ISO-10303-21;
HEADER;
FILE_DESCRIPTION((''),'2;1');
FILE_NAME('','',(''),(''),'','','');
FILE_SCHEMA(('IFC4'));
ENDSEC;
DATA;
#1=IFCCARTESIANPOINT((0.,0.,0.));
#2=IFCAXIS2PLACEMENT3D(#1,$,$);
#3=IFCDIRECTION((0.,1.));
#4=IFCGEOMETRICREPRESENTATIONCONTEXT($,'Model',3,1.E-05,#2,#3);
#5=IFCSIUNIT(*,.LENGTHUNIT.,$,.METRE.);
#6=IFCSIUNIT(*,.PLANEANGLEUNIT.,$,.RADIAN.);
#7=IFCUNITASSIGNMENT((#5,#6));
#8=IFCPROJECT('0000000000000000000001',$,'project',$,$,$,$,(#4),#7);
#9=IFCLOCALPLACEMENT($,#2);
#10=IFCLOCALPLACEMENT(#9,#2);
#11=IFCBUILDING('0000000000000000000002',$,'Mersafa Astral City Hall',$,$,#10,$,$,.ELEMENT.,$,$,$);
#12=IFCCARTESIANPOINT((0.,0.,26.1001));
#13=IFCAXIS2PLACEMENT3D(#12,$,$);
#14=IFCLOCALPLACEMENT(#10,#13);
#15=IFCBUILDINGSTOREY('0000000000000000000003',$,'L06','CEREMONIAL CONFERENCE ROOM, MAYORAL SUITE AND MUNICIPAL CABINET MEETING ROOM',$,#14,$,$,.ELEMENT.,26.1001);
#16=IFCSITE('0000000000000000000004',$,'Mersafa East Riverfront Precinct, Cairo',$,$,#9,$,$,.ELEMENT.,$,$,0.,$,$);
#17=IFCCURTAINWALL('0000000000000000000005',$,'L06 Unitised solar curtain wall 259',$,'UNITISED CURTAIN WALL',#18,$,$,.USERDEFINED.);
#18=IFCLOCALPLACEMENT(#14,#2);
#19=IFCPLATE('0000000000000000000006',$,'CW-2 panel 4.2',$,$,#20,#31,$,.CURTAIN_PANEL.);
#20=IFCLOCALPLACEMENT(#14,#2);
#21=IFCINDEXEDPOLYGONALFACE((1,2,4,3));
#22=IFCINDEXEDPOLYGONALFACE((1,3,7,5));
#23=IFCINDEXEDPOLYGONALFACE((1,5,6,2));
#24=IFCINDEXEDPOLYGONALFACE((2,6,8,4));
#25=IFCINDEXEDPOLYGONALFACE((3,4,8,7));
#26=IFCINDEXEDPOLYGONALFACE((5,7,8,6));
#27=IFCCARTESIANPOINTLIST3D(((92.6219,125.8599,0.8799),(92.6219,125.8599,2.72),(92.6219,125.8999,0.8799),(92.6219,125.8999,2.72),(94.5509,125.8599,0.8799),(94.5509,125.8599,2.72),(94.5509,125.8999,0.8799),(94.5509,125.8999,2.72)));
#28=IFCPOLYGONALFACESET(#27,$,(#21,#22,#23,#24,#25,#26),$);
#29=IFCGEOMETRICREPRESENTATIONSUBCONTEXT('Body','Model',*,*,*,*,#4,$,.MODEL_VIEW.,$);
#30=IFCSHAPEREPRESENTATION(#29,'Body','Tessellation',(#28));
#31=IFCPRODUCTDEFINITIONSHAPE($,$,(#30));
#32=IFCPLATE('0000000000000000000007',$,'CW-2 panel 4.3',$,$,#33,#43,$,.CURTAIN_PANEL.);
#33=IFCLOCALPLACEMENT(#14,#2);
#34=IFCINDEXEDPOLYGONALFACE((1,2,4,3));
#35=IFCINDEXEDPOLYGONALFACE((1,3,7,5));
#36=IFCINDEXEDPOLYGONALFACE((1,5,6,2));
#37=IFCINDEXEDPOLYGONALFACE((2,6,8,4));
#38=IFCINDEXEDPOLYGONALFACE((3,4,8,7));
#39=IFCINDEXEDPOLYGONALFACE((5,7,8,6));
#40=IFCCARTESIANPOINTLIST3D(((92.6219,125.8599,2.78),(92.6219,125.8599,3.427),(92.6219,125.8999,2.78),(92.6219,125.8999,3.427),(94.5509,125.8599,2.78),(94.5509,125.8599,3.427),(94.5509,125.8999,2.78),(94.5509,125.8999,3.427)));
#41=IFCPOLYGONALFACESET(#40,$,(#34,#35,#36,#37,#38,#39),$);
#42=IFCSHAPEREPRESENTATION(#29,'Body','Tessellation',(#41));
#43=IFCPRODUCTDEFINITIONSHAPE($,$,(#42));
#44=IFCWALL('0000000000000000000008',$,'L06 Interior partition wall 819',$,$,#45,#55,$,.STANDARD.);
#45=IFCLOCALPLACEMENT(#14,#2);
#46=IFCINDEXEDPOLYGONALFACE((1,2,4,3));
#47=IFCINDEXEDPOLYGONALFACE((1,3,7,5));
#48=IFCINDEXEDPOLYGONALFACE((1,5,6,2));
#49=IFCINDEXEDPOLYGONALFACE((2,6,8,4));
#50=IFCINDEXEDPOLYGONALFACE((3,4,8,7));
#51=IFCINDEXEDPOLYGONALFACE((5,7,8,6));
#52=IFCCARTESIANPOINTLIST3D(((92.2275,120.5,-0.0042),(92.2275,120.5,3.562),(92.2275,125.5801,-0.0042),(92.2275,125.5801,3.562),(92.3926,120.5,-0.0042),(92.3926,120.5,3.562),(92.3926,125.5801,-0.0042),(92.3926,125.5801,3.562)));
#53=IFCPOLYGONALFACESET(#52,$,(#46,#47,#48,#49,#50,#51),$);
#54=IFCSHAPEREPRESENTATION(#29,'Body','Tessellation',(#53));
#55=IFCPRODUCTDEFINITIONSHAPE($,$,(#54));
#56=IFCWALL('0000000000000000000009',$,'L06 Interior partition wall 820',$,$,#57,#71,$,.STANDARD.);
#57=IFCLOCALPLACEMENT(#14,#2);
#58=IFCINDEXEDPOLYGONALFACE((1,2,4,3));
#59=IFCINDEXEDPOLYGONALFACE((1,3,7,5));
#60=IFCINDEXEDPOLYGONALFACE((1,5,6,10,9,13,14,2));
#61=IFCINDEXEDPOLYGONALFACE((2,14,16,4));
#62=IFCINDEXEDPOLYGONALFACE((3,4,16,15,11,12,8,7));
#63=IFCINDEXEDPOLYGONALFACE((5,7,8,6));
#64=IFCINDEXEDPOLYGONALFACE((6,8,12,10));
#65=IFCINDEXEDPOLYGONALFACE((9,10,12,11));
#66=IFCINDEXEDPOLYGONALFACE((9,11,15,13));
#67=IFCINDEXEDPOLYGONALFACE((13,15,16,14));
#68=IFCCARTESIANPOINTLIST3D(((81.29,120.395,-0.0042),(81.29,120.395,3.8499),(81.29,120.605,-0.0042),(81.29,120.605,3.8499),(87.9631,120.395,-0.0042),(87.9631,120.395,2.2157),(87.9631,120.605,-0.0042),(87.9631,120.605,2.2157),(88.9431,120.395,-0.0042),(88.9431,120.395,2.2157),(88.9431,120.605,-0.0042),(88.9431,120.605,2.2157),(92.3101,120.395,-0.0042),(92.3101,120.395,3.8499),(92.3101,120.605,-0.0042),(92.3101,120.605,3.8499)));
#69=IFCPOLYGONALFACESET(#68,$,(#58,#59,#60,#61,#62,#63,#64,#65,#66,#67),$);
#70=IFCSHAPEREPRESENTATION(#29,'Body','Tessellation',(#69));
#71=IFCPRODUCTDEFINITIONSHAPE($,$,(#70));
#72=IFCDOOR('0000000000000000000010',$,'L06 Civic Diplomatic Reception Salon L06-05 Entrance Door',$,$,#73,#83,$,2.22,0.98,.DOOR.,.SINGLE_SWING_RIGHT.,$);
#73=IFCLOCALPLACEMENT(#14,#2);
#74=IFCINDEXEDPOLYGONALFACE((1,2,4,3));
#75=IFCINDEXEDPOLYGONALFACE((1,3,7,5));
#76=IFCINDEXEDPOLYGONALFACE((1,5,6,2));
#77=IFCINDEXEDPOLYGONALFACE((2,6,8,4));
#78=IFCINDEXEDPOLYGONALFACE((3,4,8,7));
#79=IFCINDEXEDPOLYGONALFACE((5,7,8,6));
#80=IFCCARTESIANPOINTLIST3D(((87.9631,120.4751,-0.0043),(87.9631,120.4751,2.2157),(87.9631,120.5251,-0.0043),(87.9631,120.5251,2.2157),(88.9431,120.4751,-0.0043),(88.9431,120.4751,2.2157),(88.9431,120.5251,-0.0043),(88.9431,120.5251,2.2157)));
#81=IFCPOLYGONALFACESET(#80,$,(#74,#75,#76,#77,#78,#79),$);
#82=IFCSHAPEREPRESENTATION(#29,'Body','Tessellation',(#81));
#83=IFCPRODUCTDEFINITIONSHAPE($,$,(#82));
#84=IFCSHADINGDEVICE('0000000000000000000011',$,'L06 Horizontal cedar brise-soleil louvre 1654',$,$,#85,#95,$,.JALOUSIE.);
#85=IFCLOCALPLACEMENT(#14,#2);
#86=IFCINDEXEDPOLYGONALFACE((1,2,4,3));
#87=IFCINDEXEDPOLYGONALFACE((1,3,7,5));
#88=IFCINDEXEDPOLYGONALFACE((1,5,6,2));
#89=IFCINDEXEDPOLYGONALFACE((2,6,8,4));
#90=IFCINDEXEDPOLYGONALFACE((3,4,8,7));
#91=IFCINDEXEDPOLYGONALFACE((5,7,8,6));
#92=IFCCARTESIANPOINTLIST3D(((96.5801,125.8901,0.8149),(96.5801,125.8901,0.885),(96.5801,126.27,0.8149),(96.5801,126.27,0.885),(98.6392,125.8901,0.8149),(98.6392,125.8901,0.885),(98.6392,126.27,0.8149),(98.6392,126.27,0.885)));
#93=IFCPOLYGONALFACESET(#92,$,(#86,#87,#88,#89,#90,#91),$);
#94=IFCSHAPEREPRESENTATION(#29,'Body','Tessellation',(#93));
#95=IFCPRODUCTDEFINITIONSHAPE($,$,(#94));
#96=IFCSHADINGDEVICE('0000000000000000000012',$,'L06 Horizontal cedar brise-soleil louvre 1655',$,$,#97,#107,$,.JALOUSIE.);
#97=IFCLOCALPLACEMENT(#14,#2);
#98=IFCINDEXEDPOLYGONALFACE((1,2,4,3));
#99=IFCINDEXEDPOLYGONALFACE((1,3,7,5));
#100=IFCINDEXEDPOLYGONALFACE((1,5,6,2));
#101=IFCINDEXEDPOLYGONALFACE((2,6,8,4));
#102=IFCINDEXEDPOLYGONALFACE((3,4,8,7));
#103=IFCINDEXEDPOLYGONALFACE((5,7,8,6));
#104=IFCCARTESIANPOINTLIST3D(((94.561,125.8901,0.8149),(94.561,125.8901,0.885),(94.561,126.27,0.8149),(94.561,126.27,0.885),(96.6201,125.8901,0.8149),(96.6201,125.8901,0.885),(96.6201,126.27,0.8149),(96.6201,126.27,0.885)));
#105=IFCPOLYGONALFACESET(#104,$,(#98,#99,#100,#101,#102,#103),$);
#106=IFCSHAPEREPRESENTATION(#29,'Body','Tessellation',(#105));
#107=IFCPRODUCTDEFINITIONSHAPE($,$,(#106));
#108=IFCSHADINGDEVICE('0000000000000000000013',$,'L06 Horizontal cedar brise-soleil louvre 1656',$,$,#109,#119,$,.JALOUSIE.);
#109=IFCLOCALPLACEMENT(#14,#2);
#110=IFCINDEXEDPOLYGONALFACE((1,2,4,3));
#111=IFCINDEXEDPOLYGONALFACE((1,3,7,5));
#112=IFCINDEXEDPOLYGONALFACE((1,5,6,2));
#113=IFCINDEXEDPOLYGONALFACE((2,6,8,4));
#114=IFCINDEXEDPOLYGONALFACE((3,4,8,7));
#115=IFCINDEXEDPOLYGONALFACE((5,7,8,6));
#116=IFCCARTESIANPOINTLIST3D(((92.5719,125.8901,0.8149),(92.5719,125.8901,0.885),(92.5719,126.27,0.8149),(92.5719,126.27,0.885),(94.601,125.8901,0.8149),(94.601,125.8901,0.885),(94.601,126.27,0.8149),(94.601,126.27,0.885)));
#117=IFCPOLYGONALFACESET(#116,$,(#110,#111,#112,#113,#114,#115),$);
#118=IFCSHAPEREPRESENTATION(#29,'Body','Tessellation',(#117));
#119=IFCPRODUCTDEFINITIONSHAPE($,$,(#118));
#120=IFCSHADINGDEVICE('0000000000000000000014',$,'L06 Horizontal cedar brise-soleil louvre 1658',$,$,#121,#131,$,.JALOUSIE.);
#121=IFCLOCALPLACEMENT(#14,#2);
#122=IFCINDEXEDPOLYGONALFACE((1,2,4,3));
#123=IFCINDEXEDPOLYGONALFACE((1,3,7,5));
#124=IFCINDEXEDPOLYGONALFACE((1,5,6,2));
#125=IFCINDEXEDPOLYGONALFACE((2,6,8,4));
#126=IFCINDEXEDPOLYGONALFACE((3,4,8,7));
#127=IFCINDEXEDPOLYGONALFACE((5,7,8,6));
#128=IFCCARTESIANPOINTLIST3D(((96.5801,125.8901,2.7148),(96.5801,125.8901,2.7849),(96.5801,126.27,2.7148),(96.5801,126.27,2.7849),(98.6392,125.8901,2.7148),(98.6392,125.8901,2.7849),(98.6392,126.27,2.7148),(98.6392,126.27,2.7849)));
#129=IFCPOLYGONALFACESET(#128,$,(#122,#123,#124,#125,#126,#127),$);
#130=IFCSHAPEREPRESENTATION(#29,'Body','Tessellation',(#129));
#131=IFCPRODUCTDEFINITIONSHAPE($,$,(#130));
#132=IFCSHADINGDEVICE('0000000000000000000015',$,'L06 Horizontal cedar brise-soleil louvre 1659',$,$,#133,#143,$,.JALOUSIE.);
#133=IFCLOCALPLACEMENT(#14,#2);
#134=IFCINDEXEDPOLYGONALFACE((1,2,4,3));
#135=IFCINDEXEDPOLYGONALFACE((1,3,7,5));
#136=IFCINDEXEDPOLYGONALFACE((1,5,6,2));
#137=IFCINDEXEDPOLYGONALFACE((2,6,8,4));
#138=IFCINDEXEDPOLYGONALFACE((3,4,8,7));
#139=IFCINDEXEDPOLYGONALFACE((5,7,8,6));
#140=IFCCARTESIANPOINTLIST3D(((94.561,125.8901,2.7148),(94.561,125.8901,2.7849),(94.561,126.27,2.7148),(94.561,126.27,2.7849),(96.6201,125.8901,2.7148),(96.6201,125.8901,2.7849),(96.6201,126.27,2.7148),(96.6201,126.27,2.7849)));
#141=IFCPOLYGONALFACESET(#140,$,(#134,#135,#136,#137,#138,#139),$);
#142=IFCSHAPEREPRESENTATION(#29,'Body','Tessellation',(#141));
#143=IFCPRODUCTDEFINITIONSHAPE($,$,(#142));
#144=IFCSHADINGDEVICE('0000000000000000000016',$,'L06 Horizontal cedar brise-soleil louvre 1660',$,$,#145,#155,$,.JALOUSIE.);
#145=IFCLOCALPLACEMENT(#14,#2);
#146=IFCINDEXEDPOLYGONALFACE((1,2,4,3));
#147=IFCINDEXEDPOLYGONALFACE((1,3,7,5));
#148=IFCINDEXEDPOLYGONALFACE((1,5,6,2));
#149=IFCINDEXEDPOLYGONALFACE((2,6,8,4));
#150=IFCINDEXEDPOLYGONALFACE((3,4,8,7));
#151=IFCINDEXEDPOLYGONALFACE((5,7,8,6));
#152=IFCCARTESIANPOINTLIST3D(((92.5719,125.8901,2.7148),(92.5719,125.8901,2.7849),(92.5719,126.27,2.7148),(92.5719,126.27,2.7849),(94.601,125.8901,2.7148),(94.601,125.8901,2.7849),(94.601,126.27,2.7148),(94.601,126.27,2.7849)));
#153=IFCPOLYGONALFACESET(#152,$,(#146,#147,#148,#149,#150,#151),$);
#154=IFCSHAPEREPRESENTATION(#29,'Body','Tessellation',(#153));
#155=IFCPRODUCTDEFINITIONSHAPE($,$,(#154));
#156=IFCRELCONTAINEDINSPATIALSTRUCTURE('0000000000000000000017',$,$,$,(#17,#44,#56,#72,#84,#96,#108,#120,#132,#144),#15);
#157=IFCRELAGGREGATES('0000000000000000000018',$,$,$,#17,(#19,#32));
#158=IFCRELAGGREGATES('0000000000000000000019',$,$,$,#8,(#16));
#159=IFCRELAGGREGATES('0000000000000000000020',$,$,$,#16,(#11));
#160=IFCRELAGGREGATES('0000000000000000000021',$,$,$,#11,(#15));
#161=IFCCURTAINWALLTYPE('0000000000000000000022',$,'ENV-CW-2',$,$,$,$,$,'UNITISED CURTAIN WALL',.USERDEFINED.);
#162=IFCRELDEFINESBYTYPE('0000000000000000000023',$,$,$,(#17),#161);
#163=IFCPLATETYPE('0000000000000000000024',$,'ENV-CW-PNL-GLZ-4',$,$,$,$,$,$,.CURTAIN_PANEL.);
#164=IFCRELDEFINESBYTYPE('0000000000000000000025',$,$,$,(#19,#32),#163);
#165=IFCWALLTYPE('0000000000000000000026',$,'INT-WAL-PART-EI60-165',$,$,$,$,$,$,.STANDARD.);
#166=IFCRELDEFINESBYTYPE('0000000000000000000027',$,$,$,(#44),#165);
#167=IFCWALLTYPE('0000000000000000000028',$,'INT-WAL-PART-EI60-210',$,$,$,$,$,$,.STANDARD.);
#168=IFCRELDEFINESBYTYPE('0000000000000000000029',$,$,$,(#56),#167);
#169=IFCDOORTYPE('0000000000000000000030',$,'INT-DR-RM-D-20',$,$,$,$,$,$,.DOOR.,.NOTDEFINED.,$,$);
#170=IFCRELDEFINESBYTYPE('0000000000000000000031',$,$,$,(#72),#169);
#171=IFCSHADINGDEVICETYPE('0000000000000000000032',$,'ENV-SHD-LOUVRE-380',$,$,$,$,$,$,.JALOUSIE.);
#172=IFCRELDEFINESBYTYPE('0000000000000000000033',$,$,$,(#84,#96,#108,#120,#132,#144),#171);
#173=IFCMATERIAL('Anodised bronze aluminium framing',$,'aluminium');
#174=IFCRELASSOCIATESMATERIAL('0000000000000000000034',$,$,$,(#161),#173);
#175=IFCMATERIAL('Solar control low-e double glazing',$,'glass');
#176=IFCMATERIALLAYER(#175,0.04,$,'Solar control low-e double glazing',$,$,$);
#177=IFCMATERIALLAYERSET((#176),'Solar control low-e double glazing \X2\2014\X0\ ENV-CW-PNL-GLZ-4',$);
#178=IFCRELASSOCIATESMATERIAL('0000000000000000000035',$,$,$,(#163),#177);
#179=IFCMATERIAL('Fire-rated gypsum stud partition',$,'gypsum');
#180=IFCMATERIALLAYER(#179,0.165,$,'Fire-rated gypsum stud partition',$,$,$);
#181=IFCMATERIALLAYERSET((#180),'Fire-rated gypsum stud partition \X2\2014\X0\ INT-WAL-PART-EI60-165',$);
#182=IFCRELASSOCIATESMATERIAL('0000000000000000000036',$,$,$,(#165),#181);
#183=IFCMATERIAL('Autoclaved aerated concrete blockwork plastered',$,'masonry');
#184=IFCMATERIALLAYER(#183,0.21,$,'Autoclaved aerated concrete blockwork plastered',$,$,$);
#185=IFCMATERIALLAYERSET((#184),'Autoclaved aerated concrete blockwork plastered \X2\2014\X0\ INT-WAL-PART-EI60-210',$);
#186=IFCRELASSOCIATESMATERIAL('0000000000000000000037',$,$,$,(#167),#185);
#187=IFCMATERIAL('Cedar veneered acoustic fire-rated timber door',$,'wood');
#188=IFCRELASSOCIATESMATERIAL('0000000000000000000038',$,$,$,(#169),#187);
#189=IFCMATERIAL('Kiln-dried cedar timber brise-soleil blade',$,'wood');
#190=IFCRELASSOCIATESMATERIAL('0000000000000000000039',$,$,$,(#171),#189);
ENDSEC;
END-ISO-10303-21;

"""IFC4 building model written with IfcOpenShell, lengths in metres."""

from ifc_helpers import new_model, si_unit, direction, frame, frame_2d, origin, origin_2d, place, context, subcontext, project, spatial, rectangle, extrude, material, layer, layer_set, type_object, element, fill, aggregate, save


model = new_model("IFC4")

# Units and contexts
model_context = context("Model", 3, precision=1e-05, world=origin(), true_north=direction((0.0, 1.0)))
body_context = subcontext(model_context, "Body", "Model", "MODEL_VIEW")
ifc_project = project(units=[si_unit("LENGTHUNIT", "METRE"), si_unit("PLANEANGLEUNIT", "RADIAN")], contexts=[model_context])

# Site, building, storey
site_placement = place(None, origin())
site = spatial("IfcSite", under=ifc_project, at=site_placement, Name="Mersafa East Riverfront Precinct, Cairo", CompositionType="ELEMENT", RefElevation=0.0)
building_placement = place(site_placement, origin())
building = spatial("IfcBuilding", under=site, at=building_placement, Name="Mersafa Astral City Hall", CompositionType="ELEMENT")
storey_placement = place(building_placement, frame((0.0, 0.0, 26.1001)))
storey = spatial("IfcBuildingStorey", under=building, at=storey_placement, Name="L06", Description="CEREMONIAL CONFERENCE ROOM, MAYORAL SUITE AND MUNICIPAL CABINET MEETING ROOM", CompositionType="ELEMENT", Elevation=26.1001)

# Curtain wall
ifc_material_1 = material(Name="Anodised bronze aluminium framing", Category="aluminium")
curtain_wall_type_1 = type_object("IfcCurtainWallType", Name="ENV-CW-2", ElementType="UNITISED CURTAIN WALL", PredefinedType="USERDEFINED", material=ifc_material_1)
curtain_wall_1_placement = place(storey_placement, origin())
curtain_wall_1 = element("IfcCurtainWall", 1, at=curtain_wall_1_placement, inside=storey, type_object=curtain_wall_type_1, Name="L06 Unitised solar curtain wall 259", ObjectType="UNITISED CURTAIN WALL", PredefinedType="USERDEFINED")

# Plates
ifc_material_2 = material(Name="Solar control low-e double glazing", Category="glass")
ifc_layer_1 = layer(ifc_material_2, 0.04, Name="Solar control low-e double glazing")
ifc_layer_set_1 = layer_set([ifc_layer_1], Name="Solar control low-e double glazing — ENV-CW-PNL-GLZ-4")
plate_type = type_object("IfcPlateType", Name="ENV-CW-PNL-GLZ-4", PredefinedType="CURTAIN_PANEL", material=ifc_layer_set_1)
plate_1_placement = place(storey_placement, frame((93.5864, 125.8799, 0.8799), z_axis=(0.0, 0.0, 1.0), x_axis=(-1.0, 0.0, 0.0)))
plate_1 = element("IfcPlate", 2, at=plate_1_placement, type_object=plate_type, Name="CW-2 panel 4.2", PredefinedType="CURTAIN_PANEL", context=body_context, shape_type="SweptSolid", body=[
    extrude(rectangle(XDim=1.929, YDim=0.04, at=origin_2d()), origin(), (0.0, 0.0, 1.0), 1.8401),
])
plate_2_placement = place(storey_placement, frame((93.5864, 125.8799, 2.78), z_axis=(0.0, 0.0, 1.0), x_axis=(-1.0, 0.0, 0.0)))
plate_2 = element("IfcPlate", 3, at=plate_2_placement, type_object=plate_type, Name="CW-2 panel 4.3", PredefinedType="CURTAIN_PANEL", context=body_context, shape_type="SweptSolid", body=[
    extrude(rectangle(XDim=1.929, YDim=0.04, at=origin_2d()), origin(), (0.0, 0.0, 1.0), 0.647),
])
aggregate(curtain_wall_1, [plate_1, plate_2])

# Wall
ifc_material_3 = material(Name="Fire-rated gypsum stud partition", Category="gypsum")
ifc_layer_2 = layer(ifc_material_3, 0.165, Name="Fire-rated gypsum stud partition")
ifc_layer_set_2 = layer_set([ifc_layer_2], Name="Fire-rated gypsum stud partition — INT-WAL-PART-EI60-165")
wall_type_1 = type_object("IfcWallType", Name="INT-WAL-PART-EI60-165", PredefinedType="STANDARD", material=ifc_layer_set_2)
wall_1_placement = place(storey_placement, frame((92.3101, 125.5801, -0.0042), z_axis=(0.0, 0.0, 1.0), x_axis=(0.0, -1.0, 0.0)))
element("IfcWall", 4, at=wall_1_placement, inside=storey, type_object=wall_type_1, Name="L06 Interior partition wall 819", PredefinedType="STANDARD", context=body_context, shape_type="SweptSolid", body=[
    extrude(rectangle(XDim=5.0801, YDim=0.165, at=frame_2d((2.54, 0.0))), origin(), (0.0, 0.0, 1.0), 3.5662),
])

# Wall, opening, door
ifc_material_4 = material(Name="Autoclaved aerated concrete blockwork plastered", Category="masonry")
ifc_layer_3 = layer(ifc_material_4, 0.21, Name="Autoclaved aerated concrete blockwork plastered")
ifc_layer_set_3 = layer_set([ifc_layer_3], Name="Autoclaved aerated concrete blockwork plastered — INT-WAL-PART-EI60-210")
wall_type_2 = type_object("IfcWallType", Name="INT-WAL-PART-EI60-210", PredefinedType="STANDARD", material=ifc_layer_set_3)
wall_2_placement = place(storey_placement, frame((92.3101, 120.5, -0.0042), z_axis=(0.0, 0.0, 1.0), x_axis=(-1.0, 0.0, 0.0)))
wall_2 = element("IfcWall", 5, at=wall_2_placement, inside=storey, type_object=wall_type_2, Name="L06 Interior partition wall 820", PredefinedType="STANDARD", context=body_context, shape_type="SweptSolid", body=[
    extrude(rectangle(XDim=11.02, YDim=0.21, at=frame_2d((5.51, 0.0))), origin(), (0.0, 0.0, 1.0), 3.854),
])
opening_placement = place(wall_2_placement, frame((3.3669, 0.0, 0.0)))
opening = element("IfcOpeningElement", 6, at=opening_placement, cuts=wall_2, PredefinedType="OPENING", context=body_context, shape_type="SweptSolid", body=[
    extrude(rectangle(XDim=0.98, YDim=2.22, at=frame_2d((0.49, 1.1099))), frame((0.0, 0.115, 0.0), z_axis=(0.0, -1.0, 0.0), x_axis=(1.0, 0.0, 0.0)), (0.0, 0.0, 1.0), 0.23),
])
ifc_material_5 = material(Name="Cedar veneered acoustic fire-rated timber door", Category="wood")
door_type = type_object("IfcDoorType", Name="INT-DR-RM-D-20", OperationType="NOTDEFINED", PredefinedType="DOOR", material=ifc_material_5)
door_placement = place(opening_placement, origin())
door = element("IfcDoor", 7, at=door_placement, inside=storey, type_object=door_type, Name="L06 Civic Diplomatic Reception Salon L06-05 Entrance Door", OperationType="SINGLE_SWING_RIGHT", OverallHeight=2.22, OverallWidth=0.98, PredefinedType="DOOR", context=body_context, shape_type="SweptSolid", body=[
    extrude(rectangle(XDim=0.98, YDim=2.22, at=frame_2d((0.49, 1.1099))), frame((0.0, 0.0249, 0.0), z_axis=(0.0, -1.0, 0.0), x_axis=(1.0, 0.0, 0.0)), (0.0, 0.0, 1.0), 0.05),
])
fill(opening, door)

# Shading devices
ifc_material_6 = material(Name="Kiln-dried cedar timber brise-soleil blade", Category="wood")
shading_device_type = type_object("IfcShadingDeviceType", Name="ENV-SHD-LOUVRE-380", PredefinedType="JALOUSIE", material=ifc_material_6)
for number, where, z_axis, x_axis, name in (
    (8, (97.6096, 126.0801, 0.8149), (0.0, 0.0, 1.0), (-1.0, 0.0, 0.0), "L06 Horizontal cedar brise-soleil louvre 1654"),
    (9, (95.5906, 126.0801, 0.8149), (0.0, 0.0, 1.0), (-1.0, 0.0, 0.0), "L06 Horizontal cedar brise-soleil louvre 1655"),
):
    element("IfcShadingDevice", number, at=place(storey_placement, frame(where, z_axis=z_axis, x_axis=x_axis)), inside=storey, type_object=shading_device_type, Name=name, PredefinedType="JALOUSIE", context=body_context, shape_type="SweptSolid", body=[
        extrude(rectangle(XDim=2.0591, YDim=0.3799, at=origin_2d()), origin(), (0.0, 0.0, 1.0), 0.0701),
    ])
shading_device_1_placement = place(storey_placement, frame((93.5864, 126.0801, 0.8149), z_axis=(0.0, 0.0, 1.0), x_axis=(-1.0, 0.0, 0.0)))
element("IfcShadingDevice", 10, at=shading_device_1_placement, inside=storey, type_object=shading_device_type, Name="L06 Horizontal cedar brise-soleil louvre 1656", PredefinedType="JALOUSIE", context=body_context, shape_type="SweptSolid", body=[
    extrude(rectangle(XDim=2.0291, YDim=0.3799, at=origin_2d()), origin(), (0.0, 0.0, 1.0), 0.0701),
])
for number, where, z_axis, x_axis, name in (
    (11, (97.6096, 126.0801, 2.7148), (0.0, 0.0, 1.0), (-1.0, 0.0, 0.0), "L06 Horizontal cedar brise-soleil louvre 1658"),
    (12, (95.5906, 126.0801, 2.7148), (0.0, 0.0, 1.0), (-1.0, 0.0, 0.0), "L06 Horizontal cedar brise-soleil louvre 1659"),
):
    element("IfcShadingDevice", number, at=place(storey_placement, frame(where, z_axis=z_axis, x_axis=x_axis)), inside=storey, type_object=shading_device_type, Name=name, PredefinedType="JALOUSIE", context=body_context, shape_type="SweptSolid", body=[
        extrude(rectangle(XDim=2.0591, YDim=0.3799, at=origin_2d()), origin(), (0.0, 0.0, 1.0), 0.0701),
    ])
shading_device_2_placement = place(storey_placement, frame((93.5864, 126.0801, 2.7148), z_axis=(0.0, 0.0, 1.0), x_axis=(-1.0, 0.0, 0.0)))
element("IfcShadingDevice", 13, at=shading_device_2_placement, inside=storey, type_object=shading_device_type, Name="L06 Horizontal cedar brise-soleil louvre 1660", PredefinedType="JALOUSIE", context=body_context, shape_type="SweptSolid", body=[
    extrude(rectangle(XDim=2.0291, YDim=0.3799, at=origin_2d()), origin(), (0.0, 0.0, 1.0), 0.0701),
])

save(model, "model.ifc")
